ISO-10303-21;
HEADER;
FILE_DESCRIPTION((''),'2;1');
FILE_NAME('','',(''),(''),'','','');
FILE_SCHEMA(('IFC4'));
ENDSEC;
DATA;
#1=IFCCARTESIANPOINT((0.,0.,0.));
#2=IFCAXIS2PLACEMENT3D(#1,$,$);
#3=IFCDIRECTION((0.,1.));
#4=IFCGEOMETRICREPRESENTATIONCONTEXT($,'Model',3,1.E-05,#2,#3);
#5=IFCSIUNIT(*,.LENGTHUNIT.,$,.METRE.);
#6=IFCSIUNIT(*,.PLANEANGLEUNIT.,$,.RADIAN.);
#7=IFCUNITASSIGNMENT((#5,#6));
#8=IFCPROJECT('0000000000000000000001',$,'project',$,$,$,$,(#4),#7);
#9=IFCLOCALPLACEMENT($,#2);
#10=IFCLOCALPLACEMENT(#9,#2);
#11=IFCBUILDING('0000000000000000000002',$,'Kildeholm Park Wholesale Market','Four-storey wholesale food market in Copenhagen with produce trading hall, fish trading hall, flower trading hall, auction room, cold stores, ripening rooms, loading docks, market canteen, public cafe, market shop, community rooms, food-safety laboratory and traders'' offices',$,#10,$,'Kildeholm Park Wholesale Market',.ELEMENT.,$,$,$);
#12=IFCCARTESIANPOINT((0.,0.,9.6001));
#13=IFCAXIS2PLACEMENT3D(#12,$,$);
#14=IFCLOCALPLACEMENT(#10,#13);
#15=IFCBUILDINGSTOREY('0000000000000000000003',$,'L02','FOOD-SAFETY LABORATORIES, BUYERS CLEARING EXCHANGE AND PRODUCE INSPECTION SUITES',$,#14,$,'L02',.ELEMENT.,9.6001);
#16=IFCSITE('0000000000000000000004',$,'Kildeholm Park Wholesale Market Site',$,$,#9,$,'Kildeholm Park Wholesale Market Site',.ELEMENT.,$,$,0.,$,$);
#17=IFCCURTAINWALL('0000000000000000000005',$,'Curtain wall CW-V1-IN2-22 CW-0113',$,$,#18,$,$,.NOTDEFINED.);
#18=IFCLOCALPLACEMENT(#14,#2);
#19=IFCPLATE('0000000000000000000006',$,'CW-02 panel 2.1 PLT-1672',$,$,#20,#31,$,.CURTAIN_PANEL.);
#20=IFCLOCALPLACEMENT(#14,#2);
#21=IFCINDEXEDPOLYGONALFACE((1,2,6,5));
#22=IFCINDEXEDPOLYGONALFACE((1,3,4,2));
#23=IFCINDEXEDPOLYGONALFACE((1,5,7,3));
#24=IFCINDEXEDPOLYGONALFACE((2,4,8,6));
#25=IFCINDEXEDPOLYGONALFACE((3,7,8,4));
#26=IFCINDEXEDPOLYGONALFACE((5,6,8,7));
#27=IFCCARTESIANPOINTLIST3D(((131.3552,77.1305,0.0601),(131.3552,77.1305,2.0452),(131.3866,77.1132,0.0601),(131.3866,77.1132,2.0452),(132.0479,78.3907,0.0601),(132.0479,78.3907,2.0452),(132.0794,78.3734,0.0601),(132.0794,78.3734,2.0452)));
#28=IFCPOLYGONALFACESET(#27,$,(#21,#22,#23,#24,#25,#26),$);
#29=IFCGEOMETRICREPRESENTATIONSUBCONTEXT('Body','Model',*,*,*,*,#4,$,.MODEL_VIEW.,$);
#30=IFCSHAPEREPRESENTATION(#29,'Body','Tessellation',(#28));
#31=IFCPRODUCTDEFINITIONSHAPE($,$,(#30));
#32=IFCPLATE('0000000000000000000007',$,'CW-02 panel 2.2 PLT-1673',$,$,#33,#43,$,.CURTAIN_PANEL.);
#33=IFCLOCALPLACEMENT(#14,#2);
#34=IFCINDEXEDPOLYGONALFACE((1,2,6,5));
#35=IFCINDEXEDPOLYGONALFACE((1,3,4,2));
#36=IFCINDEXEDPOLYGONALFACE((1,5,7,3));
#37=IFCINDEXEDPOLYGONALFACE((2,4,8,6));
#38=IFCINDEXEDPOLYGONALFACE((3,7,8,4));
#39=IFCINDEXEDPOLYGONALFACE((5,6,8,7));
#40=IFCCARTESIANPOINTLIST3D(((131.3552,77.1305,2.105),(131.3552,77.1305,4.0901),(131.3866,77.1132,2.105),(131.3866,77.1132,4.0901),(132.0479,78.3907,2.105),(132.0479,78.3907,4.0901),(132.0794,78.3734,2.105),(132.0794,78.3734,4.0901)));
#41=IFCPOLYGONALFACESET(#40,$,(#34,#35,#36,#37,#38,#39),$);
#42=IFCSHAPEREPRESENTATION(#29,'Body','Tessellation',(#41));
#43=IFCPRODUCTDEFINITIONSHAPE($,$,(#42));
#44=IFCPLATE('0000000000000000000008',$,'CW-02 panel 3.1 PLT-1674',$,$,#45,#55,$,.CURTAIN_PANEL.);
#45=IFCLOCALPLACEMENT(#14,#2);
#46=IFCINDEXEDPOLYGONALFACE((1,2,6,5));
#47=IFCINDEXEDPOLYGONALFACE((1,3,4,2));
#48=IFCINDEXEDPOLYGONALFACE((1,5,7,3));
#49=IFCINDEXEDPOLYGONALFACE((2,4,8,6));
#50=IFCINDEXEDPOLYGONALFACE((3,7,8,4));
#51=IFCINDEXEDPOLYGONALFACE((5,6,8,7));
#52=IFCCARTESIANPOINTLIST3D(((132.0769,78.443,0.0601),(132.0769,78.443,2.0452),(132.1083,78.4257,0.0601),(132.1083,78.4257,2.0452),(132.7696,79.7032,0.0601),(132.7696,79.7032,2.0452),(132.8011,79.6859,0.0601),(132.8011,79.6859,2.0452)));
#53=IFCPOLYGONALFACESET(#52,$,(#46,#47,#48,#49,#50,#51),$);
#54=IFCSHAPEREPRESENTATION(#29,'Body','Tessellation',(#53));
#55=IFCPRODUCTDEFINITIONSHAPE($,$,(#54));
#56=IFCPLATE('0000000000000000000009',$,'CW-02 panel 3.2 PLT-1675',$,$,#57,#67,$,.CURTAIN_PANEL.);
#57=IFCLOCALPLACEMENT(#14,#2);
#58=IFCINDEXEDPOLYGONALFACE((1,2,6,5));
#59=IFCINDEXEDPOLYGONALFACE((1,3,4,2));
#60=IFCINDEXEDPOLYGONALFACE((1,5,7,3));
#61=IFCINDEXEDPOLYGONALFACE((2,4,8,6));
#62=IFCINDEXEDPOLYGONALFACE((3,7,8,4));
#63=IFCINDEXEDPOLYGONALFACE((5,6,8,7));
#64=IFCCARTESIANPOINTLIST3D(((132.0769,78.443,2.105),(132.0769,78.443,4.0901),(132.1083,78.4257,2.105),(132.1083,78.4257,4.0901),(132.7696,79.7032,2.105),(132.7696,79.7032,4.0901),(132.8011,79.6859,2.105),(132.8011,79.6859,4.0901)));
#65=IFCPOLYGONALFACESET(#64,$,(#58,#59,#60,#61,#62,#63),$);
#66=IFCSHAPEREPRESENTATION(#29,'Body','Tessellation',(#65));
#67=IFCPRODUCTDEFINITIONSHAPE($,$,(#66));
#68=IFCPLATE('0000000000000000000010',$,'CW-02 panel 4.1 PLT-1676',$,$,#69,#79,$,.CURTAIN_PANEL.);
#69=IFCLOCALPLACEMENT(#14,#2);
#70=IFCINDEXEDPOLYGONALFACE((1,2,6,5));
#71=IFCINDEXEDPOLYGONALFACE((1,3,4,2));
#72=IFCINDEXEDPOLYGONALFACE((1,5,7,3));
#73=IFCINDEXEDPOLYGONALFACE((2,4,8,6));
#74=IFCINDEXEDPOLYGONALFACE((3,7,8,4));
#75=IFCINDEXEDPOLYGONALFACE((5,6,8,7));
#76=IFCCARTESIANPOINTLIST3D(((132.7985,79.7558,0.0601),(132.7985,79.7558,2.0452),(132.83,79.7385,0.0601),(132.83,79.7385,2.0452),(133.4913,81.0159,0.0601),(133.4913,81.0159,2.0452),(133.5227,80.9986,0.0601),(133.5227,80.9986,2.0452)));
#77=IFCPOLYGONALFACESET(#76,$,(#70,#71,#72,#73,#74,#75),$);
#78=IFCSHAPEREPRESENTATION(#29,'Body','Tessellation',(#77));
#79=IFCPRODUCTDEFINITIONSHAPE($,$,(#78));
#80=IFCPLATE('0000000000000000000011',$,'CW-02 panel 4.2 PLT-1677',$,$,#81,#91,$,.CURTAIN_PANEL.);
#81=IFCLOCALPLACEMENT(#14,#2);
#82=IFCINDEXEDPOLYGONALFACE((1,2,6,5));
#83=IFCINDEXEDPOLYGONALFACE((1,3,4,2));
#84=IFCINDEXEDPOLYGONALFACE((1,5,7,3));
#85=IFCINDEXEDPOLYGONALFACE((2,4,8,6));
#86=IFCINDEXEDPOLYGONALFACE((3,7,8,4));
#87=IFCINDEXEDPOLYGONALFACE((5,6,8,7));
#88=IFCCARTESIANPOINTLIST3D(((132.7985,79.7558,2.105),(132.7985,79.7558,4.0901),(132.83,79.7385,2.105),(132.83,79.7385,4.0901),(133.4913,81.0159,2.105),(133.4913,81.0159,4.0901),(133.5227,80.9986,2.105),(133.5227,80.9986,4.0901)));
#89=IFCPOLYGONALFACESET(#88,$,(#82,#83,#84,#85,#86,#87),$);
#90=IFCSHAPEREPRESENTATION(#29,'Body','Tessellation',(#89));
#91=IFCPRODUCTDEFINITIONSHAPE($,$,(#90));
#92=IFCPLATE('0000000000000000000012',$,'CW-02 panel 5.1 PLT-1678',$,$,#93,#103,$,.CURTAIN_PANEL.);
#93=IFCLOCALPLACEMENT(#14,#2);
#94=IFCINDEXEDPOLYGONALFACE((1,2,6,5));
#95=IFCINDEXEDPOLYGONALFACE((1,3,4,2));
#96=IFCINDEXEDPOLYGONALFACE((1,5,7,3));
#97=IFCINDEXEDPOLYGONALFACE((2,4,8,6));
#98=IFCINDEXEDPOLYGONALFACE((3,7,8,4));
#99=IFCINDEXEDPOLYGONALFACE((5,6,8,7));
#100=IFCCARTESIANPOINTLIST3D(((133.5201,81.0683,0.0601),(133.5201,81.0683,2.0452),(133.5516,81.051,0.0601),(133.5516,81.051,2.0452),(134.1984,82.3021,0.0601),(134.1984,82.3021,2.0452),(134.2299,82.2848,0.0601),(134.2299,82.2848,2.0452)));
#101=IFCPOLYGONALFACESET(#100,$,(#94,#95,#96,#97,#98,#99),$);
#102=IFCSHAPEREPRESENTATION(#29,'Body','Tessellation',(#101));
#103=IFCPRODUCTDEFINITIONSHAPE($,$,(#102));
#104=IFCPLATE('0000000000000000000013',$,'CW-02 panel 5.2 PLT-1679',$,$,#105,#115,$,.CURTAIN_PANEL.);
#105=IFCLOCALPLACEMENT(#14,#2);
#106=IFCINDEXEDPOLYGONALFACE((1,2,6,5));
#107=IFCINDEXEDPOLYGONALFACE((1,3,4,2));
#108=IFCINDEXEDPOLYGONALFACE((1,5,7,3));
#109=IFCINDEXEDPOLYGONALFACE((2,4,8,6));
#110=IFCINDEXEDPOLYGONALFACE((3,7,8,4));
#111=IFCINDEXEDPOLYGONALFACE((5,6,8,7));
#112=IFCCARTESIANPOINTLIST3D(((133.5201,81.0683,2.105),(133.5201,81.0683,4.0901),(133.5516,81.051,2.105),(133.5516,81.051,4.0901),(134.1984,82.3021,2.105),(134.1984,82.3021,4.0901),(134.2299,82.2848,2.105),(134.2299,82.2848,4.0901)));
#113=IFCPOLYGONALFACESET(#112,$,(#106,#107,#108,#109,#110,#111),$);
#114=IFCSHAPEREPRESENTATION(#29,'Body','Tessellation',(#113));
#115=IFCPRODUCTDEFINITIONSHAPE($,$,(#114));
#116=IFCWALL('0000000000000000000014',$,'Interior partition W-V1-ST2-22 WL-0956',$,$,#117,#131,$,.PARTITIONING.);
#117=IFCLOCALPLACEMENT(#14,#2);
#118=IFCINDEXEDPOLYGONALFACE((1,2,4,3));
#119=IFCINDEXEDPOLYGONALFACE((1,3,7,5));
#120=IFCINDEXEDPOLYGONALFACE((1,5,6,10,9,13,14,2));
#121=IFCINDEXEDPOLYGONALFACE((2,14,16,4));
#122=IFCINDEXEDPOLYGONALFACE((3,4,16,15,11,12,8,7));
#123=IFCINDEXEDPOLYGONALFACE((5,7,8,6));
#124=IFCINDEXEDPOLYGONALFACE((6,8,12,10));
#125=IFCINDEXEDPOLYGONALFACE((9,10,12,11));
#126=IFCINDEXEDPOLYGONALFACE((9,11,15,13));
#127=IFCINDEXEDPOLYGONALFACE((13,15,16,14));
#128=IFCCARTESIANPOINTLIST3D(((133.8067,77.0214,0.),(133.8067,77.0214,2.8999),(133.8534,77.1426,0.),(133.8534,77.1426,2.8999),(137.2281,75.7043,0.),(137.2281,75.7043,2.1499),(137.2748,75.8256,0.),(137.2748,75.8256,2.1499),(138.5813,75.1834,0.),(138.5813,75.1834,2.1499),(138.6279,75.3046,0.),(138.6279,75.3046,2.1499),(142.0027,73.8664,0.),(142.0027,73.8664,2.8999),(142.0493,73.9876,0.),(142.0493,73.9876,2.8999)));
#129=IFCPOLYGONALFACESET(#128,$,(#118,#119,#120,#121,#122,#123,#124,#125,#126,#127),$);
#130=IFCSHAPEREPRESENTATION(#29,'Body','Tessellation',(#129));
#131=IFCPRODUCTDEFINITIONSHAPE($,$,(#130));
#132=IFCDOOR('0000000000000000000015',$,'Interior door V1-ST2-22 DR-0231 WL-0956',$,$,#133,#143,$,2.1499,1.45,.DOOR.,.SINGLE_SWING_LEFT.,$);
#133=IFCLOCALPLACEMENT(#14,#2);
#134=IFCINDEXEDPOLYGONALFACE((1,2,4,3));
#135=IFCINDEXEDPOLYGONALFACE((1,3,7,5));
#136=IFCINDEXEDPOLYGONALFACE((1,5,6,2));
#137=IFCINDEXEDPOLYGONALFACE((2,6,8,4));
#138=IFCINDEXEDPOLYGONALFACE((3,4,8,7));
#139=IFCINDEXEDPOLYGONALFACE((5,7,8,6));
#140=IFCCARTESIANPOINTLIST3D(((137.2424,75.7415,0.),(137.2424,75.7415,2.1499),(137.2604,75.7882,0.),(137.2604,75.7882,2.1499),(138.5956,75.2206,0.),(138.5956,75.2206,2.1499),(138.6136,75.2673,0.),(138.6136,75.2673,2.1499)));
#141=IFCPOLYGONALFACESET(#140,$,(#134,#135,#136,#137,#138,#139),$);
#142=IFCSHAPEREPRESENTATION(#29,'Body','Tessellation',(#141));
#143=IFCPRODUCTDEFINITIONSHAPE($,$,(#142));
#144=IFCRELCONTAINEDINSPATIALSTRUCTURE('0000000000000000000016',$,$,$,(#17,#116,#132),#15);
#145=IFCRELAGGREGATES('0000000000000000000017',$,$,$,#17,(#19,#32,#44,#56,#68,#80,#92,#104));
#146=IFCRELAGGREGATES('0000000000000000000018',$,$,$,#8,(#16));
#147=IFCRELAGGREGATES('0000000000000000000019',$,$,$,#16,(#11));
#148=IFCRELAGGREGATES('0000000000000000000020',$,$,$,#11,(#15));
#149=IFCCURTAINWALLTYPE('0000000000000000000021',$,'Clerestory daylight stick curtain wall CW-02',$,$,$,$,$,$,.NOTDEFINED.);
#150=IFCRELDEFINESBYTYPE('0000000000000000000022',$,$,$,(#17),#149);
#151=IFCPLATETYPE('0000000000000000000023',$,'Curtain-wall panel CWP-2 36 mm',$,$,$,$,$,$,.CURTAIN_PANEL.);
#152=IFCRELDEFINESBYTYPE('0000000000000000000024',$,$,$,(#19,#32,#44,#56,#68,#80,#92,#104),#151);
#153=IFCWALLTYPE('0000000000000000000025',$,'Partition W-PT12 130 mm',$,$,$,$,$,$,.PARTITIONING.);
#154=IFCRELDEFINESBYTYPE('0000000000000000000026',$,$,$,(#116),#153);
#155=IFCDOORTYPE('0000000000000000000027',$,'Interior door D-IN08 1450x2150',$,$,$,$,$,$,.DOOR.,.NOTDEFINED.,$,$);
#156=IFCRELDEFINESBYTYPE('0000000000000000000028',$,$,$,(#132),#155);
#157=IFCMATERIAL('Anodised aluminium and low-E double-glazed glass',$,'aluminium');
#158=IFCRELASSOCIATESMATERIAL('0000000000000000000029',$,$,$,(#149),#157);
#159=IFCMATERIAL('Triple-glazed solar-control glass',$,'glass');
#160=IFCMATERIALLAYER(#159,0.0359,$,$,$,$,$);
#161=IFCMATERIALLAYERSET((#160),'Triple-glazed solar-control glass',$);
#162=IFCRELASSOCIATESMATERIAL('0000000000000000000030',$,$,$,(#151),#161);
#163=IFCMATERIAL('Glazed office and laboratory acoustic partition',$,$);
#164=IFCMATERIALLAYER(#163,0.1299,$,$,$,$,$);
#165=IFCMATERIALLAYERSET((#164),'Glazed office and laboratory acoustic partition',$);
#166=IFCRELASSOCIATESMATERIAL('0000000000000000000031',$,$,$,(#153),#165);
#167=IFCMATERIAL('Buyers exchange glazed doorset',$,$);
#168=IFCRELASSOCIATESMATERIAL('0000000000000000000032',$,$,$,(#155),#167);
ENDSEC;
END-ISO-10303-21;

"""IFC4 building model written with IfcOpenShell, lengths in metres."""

from ifc_helpers import new_model, si_unit, direction, frame, frame_2d, origin, origin_2d, place, context, subcontext, project, spatial, rectangle, extrude, material, layer, layer_set, type_object, element, fill, aggregate, save


model = new_model("IFC4")

# Units and contexts
model_context = context("Model", 3, precision=1e-05, world=origin(), true_north=direction((0.0, 1.0)))
body_context = subcontext(model_context, "Body", "Model", "MODEL_VIEW")
ifc_project = project(units=[si_unit("LENGTHUNIT", "METRE"), si_unit("PLANEANGLEUNIT", "RADIAN")], contexts=[model_context])

# Site, building, storey
site_placement = place(None, origin())
site = spatial("IfcSite", under=ifc_project, at=site_placement, Name="Kildeholm Park Wholesale Market Site", LongName="Kildeholm Park Wholesale Market Site", CompositionType="ELEMENT", RefElevation=0.0)
building_placement = place(site_placement, origin())
building = spatial("IfcBuilding", under=site, at=building_placement, Name="Kildeholm Park Wholesale Market", Description="Four-storey wholesale food market in Copenhagen with produce trading hall, fish trading hall, flower trading hall, auction room, cold stores, ripening rooms, loading docks, market canteen, public cafe, market shop, community rooms, food-safety laboratory and traders' offices", LongName="Kildeholm Park Wholesale Market", CompositionType="ELEMENT")
storey_placement = place(building_placement, frame((0.0, 0.0, 9.6001)))
storey = spatial("IfcBuildingStorey", under=building, at=storey_placement, Name="L02", Description="FOOD-SAFETY LABORATORIES, BUYERS CLEARING EXCHANGE AND PRODUCE INSPECTION SUITES", LongName="L02", CompositionType="ELEMENT", Elevation=9.6001)

# Curtain wall, plates
ifc_material_1 = material(Name="Anodised aluminium and low-E double-glazed glass", Category="aluminium")
curtain_wall_type = type_object("IfcCurtainWallType", Name="Clerestory daylight stick curtain wall CW-02", PredefinedType="NOTDEFINED", material=ifc_material_1)
curtain_wall_placement = place(storey_placement, origin())
curtain_wall = element("IfcCurtainWall", 1, at=curtain_wall_placement, inside=storey, type_object=curtain_wall_type, Name="Curtain wall CW-V1-IN2-22 CW-0113", PredefinedType="NOTDEFINED")
ifc_material_2 = material(Name="Triple-glazed solar-control glass", Category="glass")
ifc_layer_1 = layer(ifc_material_2, 0.0359)
ifc_layer_set_1 = layer_set([ifc_layer_1], Name="Triple-glazed solar-control glass")
plate_type = type_object("IfcPlateType", Name="Curtain-wall panel CWP-2 36 mm", PredefinedType="CURTAIN_PANEL", material=ifc_layer_set_1)
plate_1_placement = place(storey_placement, frame((131.7173, 77.752, 0.0601), z_axis=(0.0, 0.0, 1.0), x_axis=(0.48175, 0.876309, 0.0)))
plate_1 = element("IfcPlate", 2, at=plate_1_placement, type_object=plate_type, Name="CW-02 panel 2.1 PLT-1672", PredefinedType="CURTAIN_PANEL", context=body_context, shape_type="SweptSolid", body=[
    extrude(rectangle(XDim=1.438, YDim=0.0359, at=origin_2d()), origin(), (0.0, 0.0, 1.0), 1.9851),
])
plate_2_placement = place(storey_placement, frame((131.7173, 77.752, 2.105), z_axis=(0.0, 0.0, 1.0), x_axis=(0.48175, 0.876309, 0.0)))
plate_2 = element("IfcPlate", 3, at=plate_2_placement, type_object=plate_type, Name="CW-02 panel 2.2 PLT-1673", PredefinedType="CURTAIN_PANEL", context=body_context, shape_type="SweptSolid", body=[
    extrude(rectangle(XDim=1.438, YDim=0.0359, at=origin_2d()), origin(), (0.0, 0.0, 1.0), 1.9851),
])
plate_3_placement = place(storey_placement, frame((132.439, 79.0645, 0.0601), z_axis=(0.0, 0.0, 1.0), x_axis=(0.48175, 0.876309, 0.0)))
plate_3 = element("IfcPlate", 4, at=plate_3_placement, type_object=plate_type, Name="CW-02 panel 3.1 PLT-1674", PredefinedType="CURTAIN_PANEL", context=body_context, shape_type="SweptSolid", body=[
    extrude(rectangle(XDim=1.438, YDim=0.0359, at=origin_2d()), origin(), (0.0, 0.0, 1.0), 1.9851),
])
plate_4_placement = place(storey_placement, frame((132.439, 79.0645, 2.105), z_axis=(0.0, 0.0, 1.0), x_axis=(0.48175, 0.876309, 0.0)))
plate_4 = element("IfcPlate", 5, at=plate_4_placement, type_object=plate_type, Name="CW-02 panel 3.2 PLT-1675", PredefinedType="CURTAIN_PANEL", context=body_context, shape_type="SweptSolid", body=[
    extrude(rectangle(XDim=1.438, YDim=0.0359, at=origin_2d()), origin(), (0.0, 0.0, 1.0), 1.9851),
])
plate_5_placement = place(storey_placement, frame((133.1606, 80.3772, 0.0601), z_axis=(0.0, 0.0, 1.0), x_axis=(0.48175, 0.876309, 0.0)))
plate_5 = element("IfcPlate", 6, at=plate_5_placement, type_object=plate_type, Name="CW-02 panel 4.1 PLT-1676", PredefinedType="CURTAIN_PANEL", context=body_context, shape_type="SweptSolid", body=[
    extrude(rectangle(XDim=1.438, YDim=0.0359, at=origin_2d()), origin(), (0.0, 0.0, 1.0), 1.9851),
])
plate_6_placement = place(storey_placement, frame((133.1606, 80.3772, 2.105), z_axis=(0.0, 0.0, 1.0), x_axis=(0.48175, 0.876309, 0.0)))
plate_6 = element("IfcPlate", 7, at=plate_6_placement, type_object=plate_type, Name="CW-02 panel 4.2 PLT-1677", PredefinedType="CURTAIN_PANEL", context=body_context, shape_type="SweptSolid", body=[
    extrude(rectangle(XDim=1.438, YDim=0.0359, at=origin_2d()), origin(), (0.0, 0.0, 1.0), 1.9851),
])
plate_7_placement = place(storey_placement, frame((133.875, 81.6765, 0.0601), z_axis=(0.0, 0.0, 1.0), x_axis=(0.48175, 0.876309, 0.0)))
plate_7 = element("IfcPlate", 8, at=plate_7_placement, type_object=plate_type, Name="CW-02 panel 5.1 PLT-1678", PredefinedType="CURTAIN_PANEL", context=body_context, shape_type="SweptSolid", body=[
    extrude(rectangle(XDim=1.408, YDim=0.0359, at=origin_2d()), origin(), (0.0, 0.0, 1.0), 1.9851),
])
plate_8_placement = place(storey_placement, frame((133.875, 81.6765, 2.105), z_axis=(0.0, 0.0, 1.0), x_axis=(0.48175, 0.876309, 0.0)))
plate_8 = element("IfcPlate", 9, at=plate_8_placement, type_object=plate_type, Name="CW-02 panel 5.2 PLT-1679", PredefinedType="CURTAIN_PANEL", context=body_context, shape_type="SweptSolid", body=[
    extrude(rectangle(XDim=1.408, YDim=0.0359, at=origin_2d()), origin(), (0.0, 0.0, 1.0), 1.9851),
])
aggregate(curtain_wall, [plate_1, plate_2, plate_3, plate_4, plate_5, plate_6, plate_7, plate_8])

# Wall, opening, door
ifc_material_3 = material(Name="Glazed office and laboratory acoustic partition")
ifc_layer_2 = layer(ifc_material_3, 0.1299)
ifc_layer_set_2 = layer_set([ifc_layer_2], Name="Glazed office and laboratory acoustic partition")
wall_type = type_object("IfcWallType", Name="Partition W-PT12 130 mm", PredefinedType="PARTITIONING", material=ifc_layer_set_2)
wall_placement = place(storey_placement, frame((133.8301, 77.082, 0.0), z_axis=(0.0, 0.0, 1.0), x_axis=(0.933239, -0.359257, 0.0)))
wall = element("IfcWall", 10, at=wall_placement, inside=storey, type_object=wall_type, Name="Interior partition W-V1-ST2-22 WL-0956", PredefinedType="PARTITIONING", context=body_context, shape_type="SweptSolid", body=[
    extrude(rectangle(XDim=8.7822, YDim=0.1299, at=frame_2d((4.3911, 0.0))), origin(), (0.0, 0.0, 1.0), 2.8999),
])
opening_placement = place(wall_placement, frame((3.666, 0.0, 0.0)))
opening = element("IfcOpeningElement", 11, at=opening_placement, cuts=wall, PredefinedType="OPENING", context=body_context, shape_type="SweptSolid", body=[
    extrude(rectangle(XDim=1.45, YDim=2.1499, at=frame_2d((0.7251, 1.075))), frame((0.0, 0.075, 0.0), z_axis=(0.0, -1.0, 0.0), x_axis=(1.0, 0.0, 0.0)), (0.0, 0.0, 1.0), 0.1499),
])
ifc_material_4 = material(Name="Buyers exchange glazed doorset")
door_type = type_object("IfcDoorType", Name="Interior door D-IN08 1450x2150", OperationType="NOTDEFINED", PredefinedType="DOOR", material=ifc_material_4)
door_placement = place(opening_placement, origin())
door = element("IfcDoor", 12, at=door_placement, inside=storey, type_object=door_type, Name="Interior door V1-ST2-22 DR-0231 WL-0956", OperationType="SINGLE_SWING_LEFT", OverallHeight=2.1499, OverallWidth=1.45, PredefinedType="DOOR", context=body_context, shape_type="SweptSolid", body=[
    extrude(rectangle(XDim=1.45, YDim=2.1499, at=frame_2d((0.7251, 1.075))), frame((0.0, 0.0249, 0.0), z_axis=(0.0, -1.0, 0.0), x_axis=(1.0, 0.0, 0.0)), (0.0, 0.0, 1.0), 0.05),
])
fill(opening, door)

save(model, "model.ifc")
